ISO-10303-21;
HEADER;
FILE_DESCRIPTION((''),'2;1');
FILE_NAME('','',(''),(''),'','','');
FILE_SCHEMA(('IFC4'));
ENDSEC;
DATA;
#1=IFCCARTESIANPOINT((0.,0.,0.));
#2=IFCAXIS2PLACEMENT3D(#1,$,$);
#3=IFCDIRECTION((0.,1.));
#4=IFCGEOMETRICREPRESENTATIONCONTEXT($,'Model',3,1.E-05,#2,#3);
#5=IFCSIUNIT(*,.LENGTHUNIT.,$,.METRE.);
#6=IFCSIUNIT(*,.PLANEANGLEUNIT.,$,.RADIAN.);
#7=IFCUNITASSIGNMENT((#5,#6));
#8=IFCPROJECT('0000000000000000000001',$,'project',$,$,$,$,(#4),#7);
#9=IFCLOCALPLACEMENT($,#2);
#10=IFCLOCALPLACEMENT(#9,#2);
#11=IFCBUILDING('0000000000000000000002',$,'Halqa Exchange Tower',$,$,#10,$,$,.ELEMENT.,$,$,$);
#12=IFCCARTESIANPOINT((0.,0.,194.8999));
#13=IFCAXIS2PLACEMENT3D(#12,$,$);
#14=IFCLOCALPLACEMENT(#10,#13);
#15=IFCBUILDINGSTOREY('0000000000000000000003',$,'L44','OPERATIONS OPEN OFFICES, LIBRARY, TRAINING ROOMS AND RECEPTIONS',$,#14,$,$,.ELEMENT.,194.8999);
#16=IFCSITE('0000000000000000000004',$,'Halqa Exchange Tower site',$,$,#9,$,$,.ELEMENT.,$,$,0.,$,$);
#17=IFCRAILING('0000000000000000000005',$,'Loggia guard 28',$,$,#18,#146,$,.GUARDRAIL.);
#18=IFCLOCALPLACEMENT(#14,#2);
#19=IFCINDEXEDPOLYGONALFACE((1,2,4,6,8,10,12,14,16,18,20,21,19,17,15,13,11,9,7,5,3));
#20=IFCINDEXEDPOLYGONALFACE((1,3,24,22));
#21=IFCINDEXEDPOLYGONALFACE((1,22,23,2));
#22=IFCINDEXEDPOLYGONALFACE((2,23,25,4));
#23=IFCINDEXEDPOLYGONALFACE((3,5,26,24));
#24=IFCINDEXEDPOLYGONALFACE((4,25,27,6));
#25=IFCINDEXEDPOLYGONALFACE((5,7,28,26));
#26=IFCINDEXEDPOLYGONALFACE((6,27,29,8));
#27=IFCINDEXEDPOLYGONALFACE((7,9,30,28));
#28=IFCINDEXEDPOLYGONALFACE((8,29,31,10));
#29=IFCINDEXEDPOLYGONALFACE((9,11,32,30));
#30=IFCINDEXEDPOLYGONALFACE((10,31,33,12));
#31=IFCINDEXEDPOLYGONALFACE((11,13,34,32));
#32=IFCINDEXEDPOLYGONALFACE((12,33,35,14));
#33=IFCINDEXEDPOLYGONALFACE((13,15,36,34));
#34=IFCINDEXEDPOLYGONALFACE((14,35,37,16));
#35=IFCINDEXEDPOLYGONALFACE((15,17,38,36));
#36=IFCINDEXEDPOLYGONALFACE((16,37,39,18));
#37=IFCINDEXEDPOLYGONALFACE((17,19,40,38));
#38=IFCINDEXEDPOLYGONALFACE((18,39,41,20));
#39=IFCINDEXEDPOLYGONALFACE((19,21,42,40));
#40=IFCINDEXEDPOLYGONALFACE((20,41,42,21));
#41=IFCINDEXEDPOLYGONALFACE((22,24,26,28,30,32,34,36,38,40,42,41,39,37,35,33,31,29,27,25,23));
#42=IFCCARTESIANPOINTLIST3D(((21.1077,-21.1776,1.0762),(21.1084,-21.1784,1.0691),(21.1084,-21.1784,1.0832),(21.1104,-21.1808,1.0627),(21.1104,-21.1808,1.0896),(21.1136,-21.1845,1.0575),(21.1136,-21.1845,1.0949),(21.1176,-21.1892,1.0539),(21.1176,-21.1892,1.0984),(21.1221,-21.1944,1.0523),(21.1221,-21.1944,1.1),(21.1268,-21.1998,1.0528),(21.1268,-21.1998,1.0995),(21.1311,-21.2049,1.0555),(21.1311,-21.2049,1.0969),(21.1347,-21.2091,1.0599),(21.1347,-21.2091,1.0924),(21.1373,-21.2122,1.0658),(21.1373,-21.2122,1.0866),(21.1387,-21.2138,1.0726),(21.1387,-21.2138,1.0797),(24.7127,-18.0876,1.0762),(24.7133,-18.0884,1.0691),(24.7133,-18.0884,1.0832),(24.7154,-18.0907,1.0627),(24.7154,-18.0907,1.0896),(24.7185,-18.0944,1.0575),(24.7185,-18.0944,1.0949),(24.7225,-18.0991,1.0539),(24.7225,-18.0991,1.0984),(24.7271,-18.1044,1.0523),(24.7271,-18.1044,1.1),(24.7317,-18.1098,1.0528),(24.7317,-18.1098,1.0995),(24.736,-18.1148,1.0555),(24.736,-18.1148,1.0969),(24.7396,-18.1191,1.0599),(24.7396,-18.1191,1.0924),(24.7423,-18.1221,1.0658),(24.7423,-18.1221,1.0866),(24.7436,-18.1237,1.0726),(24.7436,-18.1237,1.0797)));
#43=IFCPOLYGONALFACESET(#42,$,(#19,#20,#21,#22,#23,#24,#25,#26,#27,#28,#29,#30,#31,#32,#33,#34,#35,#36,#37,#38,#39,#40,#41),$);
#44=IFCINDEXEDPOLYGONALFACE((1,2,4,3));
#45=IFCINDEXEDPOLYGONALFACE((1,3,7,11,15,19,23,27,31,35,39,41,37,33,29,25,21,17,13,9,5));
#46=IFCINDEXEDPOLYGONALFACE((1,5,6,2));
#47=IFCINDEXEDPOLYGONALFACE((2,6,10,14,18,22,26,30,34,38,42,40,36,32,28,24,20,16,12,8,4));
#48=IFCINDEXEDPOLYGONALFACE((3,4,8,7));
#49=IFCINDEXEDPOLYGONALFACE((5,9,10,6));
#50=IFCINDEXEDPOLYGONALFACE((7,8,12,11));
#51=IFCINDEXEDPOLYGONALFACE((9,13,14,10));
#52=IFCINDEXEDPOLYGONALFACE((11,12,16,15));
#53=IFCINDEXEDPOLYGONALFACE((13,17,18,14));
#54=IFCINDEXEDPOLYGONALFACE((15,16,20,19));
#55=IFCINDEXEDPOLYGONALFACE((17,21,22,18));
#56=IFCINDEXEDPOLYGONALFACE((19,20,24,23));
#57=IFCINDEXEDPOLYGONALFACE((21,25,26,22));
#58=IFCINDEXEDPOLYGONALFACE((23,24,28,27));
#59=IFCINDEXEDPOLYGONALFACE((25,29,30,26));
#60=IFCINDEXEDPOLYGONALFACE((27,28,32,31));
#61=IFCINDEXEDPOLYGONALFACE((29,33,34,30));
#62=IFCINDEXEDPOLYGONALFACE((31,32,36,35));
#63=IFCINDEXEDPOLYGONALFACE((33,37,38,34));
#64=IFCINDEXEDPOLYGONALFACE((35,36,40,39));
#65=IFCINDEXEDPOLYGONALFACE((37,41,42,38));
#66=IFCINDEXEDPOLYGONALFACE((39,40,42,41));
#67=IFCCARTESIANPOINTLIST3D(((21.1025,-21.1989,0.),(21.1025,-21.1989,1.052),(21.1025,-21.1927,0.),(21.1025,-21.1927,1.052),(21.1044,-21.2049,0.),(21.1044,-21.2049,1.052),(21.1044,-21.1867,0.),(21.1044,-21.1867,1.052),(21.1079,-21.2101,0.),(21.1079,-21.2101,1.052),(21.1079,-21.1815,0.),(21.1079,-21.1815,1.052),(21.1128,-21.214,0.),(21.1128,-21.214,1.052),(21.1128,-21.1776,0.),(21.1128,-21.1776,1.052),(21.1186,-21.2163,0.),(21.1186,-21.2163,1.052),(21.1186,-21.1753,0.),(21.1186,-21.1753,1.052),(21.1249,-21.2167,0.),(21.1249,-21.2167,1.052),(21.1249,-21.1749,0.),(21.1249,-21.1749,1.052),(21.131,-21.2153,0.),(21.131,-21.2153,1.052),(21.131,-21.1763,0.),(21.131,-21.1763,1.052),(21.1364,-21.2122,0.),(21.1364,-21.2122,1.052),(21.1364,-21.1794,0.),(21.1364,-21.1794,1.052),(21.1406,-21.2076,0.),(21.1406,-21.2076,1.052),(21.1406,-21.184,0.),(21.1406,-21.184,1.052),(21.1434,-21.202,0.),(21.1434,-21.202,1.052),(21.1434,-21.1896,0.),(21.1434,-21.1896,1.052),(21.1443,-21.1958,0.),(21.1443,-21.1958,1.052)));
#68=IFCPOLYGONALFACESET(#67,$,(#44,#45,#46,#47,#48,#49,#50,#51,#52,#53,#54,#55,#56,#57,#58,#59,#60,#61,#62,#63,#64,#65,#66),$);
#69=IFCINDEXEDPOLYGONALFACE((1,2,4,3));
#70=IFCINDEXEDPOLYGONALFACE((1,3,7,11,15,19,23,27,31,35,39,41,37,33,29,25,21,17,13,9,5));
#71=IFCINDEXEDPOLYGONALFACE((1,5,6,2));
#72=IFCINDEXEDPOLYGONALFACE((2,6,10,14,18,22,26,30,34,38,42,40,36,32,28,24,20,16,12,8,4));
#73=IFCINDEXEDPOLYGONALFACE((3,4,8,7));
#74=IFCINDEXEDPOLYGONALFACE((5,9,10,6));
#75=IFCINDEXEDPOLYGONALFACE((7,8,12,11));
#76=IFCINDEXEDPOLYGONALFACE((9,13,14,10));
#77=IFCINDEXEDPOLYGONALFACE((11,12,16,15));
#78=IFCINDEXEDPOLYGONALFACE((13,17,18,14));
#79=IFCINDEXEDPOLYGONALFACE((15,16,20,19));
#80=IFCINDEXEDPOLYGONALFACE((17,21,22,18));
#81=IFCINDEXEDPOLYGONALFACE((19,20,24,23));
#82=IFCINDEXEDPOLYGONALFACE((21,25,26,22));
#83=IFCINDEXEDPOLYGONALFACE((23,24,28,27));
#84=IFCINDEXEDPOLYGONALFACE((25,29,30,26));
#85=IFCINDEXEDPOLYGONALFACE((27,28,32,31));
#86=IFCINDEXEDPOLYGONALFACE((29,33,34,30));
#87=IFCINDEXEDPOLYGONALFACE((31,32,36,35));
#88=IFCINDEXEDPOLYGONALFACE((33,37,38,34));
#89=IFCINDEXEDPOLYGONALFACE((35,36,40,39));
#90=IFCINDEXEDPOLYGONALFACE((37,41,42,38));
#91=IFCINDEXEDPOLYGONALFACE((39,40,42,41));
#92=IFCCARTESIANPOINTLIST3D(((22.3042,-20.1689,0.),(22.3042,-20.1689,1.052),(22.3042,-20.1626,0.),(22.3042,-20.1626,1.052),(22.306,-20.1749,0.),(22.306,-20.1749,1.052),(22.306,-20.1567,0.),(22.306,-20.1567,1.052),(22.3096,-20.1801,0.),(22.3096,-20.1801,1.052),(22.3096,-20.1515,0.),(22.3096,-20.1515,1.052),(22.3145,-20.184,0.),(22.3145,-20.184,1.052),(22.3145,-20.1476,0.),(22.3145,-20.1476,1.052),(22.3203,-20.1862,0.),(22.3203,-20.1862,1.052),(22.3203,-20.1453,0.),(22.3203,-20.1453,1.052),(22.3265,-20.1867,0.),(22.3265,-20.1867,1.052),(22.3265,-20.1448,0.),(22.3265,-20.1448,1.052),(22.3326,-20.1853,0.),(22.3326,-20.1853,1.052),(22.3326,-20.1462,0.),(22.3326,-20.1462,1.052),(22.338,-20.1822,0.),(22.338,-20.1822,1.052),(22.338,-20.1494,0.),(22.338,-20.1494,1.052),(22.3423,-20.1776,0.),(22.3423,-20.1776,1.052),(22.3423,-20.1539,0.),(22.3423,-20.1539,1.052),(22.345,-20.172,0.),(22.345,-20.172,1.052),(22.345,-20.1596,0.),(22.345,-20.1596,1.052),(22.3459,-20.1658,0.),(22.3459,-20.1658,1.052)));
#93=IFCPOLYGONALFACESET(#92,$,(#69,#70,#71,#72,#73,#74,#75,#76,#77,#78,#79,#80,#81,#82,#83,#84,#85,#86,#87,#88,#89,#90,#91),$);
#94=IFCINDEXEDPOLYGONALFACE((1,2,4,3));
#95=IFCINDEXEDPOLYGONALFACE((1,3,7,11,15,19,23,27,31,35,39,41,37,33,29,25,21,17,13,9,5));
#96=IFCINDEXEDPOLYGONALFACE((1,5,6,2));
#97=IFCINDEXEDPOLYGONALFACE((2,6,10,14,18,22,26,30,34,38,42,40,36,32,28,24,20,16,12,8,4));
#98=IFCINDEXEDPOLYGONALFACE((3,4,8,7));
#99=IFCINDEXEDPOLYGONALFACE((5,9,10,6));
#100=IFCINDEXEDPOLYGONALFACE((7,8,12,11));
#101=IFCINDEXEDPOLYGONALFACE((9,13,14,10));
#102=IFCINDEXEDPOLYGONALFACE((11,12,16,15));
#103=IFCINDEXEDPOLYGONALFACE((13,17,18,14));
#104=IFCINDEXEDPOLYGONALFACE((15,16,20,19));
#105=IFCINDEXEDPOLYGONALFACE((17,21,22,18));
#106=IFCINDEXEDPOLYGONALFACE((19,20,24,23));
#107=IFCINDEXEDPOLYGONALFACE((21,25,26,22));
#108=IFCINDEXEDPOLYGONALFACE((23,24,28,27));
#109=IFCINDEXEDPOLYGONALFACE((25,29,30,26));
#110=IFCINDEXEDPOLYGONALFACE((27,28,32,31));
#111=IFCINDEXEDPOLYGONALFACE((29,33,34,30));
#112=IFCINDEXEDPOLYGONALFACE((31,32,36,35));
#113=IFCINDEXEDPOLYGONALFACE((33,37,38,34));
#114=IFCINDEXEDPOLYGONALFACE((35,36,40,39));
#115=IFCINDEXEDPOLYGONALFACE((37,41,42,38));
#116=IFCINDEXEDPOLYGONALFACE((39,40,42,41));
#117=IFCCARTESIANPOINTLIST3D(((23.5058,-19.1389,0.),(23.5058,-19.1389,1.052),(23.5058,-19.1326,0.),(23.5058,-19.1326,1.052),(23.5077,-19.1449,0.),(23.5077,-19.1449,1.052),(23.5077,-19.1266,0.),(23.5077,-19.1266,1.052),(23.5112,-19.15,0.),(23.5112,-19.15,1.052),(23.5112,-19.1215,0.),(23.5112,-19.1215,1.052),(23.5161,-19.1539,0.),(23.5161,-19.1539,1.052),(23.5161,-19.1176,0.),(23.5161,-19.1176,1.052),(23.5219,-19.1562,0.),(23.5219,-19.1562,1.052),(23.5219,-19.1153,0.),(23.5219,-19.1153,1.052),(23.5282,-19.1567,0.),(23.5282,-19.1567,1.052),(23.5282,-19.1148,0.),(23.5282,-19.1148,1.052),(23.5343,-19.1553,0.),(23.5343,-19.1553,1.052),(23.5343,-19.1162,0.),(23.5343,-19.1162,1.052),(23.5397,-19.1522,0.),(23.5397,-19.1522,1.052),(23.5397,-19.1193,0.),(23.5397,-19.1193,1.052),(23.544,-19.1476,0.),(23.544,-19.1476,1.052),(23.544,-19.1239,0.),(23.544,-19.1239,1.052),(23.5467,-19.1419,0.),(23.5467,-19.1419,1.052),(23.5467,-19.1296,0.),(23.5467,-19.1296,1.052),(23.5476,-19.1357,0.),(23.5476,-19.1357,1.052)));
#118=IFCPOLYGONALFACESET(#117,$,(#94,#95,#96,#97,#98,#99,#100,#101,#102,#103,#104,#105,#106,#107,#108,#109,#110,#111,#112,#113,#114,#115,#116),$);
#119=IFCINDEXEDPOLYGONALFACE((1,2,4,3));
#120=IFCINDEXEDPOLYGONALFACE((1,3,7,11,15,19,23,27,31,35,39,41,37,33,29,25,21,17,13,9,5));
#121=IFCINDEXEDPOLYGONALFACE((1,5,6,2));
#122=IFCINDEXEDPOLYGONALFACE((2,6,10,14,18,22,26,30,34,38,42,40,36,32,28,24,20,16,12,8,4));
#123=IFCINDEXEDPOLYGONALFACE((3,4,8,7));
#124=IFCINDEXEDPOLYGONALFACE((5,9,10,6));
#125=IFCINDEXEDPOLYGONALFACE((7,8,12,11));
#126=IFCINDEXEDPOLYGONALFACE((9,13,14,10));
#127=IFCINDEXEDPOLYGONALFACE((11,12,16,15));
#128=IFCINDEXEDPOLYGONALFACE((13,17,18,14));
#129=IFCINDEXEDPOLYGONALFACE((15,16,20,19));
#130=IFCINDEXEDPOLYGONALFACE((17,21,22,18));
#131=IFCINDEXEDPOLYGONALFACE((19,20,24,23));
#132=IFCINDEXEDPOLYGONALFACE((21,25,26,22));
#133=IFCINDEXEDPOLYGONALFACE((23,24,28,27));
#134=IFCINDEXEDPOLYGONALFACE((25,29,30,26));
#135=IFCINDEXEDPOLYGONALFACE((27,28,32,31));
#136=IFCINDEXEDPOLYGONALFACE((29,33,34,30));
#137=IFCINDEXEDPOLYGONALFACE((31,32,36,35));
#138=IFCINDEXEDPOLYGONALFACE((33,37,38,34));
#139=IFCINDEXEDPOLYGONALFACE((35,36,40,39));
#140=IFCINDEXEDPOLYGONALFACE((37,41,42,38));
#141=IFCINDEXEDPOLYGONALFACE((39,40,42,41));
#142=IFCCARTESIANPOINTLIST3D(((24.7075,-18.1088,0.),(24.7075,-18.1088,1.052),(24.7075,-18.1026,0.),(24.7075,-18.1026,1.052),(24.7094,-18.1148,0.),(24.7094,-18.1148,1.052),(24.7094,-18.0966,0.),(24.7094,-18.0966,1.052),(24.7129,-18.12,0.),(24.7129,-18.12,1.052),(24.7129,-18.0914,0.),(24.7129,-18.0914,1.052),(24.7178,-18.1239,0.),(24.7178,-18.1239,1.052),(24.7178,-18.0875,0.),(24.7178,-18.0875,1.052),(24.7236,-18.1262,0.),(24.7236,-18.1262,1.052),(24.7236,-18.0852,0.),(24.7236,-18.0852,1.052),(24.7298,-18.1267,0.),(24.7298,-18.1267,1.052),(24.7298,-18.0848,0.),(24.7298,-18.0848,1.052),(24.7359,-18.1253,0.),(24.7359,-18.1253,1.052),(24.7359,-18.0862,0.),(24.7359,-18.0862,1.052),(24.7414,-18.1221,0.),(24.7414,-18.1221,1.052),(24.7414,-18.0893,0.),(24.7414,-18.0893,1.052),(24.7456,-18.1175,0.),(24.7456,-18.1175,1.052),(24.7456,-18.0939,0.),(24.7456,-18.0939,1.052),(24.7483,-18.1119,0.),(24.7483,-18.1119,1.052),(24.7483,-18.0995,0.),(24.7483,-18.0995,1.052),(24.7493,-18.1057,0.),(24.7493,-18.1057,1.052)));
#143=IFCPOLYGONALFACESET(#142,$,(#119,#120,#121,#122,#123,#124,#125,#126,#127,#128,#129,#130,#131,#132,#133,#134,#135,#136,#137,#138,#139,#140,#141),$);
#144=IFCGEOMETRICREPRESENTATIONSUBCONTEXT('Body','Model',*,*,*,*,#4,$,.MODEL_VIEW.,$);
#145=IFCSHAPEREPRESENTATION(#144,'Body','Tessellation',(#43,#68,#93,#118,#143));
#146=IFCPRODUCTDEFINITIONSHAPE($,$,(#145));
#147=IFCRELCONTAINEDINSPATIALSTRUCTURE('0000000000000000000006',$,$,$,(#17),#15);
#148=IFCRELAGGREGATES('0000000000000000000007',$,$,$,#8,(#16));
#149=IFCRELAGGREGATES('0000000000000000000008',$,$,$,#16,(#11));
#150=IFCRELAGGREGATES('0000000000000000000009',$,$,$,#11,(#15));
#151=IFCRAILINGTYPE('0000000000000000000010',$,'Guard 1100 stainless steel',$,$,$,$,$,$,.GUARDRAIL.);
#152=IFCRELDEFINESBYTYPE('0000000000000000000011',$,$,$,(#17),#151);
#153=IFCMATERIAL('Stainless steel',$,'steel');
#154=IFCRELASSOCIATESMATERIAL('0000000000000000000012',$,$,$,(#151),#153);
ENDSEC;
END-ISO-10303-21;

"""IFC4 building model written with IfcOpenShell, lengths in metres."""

from ifc_helpers import new_model, si_unit, direction, frame, origin, origin_2d, place, context, subcontext, project, spatial, circle, extrude, material, type_object, element, save


model = new_model("IFC4")

# Units and contexts
model_context = context("Model", 3, precision=1e-05, world=origin(), true_north=direction((0.0, 1.0)))
body_context = subcontext(model_context, "Body", "Model", "MODEL_VIEW")
ifc_project = project(units=[si_unit("LENGTHUNIT", "METRE"), si_unit("PLANEANGLEUNIT", "RADIAN")], contexts=[model_context])

# Site, building, storey
site_placement = place(None, origin())
site = spatial("IfcSite", under=ifc_project, at=site_placement, Name="Halqa Exchange Tower site", CompositionType="ELEMENT", RefElevation=0.0)
building_placement = place(site_placement, origin())
building = spatial("IfcBuilding", under=site, at=building_placement, Name="Halqa Exchange Tower", CompositionType="ELEMENT")
storey_placement = place(building_placement, frame((0.0, 0.0, 194.8999)))
storey = spatial("IfcBuildingStorey", under=building, at=storey_placement, Name="L44", Description="OPERATIONS OPEN OFFICES, LIBRARY, TRAINING ROOMS AND RECEPTIONS", CompositionType="ELEMENT", Elevation=194.8999)

# Railing
ifc_material_1 = material(Name="Stainless steel", Category="steel")
railing_type = type_object("IfcRailingType", Name="Guard 1100 stainless steel", PredefinedType="GUARDRAIL", material=ifc_material_1)
railing_1_placement = place(storey_placement, frame((21.1233, -21.1958, 0.0)))
element("IfcRailing", 1, at=railing_1_placement, inside=storey, type_object=railing_type, Name="Loggia guard 28", PredefinedType="GUARDRAIL", context=body_context, shape_type="SweptSolid", body=[
    extrude(circle(Radius=0.0239, at=origin_2d()), frame((0.0, 0.0, 1.0762), z_axis=(0.759246, 0.650804, 0.0), x_axis=(-0.650804, 0.759246, 0.0)), (0.0, 0.0, 1.0), 4.748),
    extrude(circle(Radius=0.021, at=origin_2d()), origin(), (0.0, 0.0, 1.0), 1.052),
    extrude(circle(Radius=0.021, at=origin_2d()), frame((1.2017, 1.03, 0.0)), (0.0, 0.0, 1.0), 1.052),
    extrude(circle(Radius=0.021, at=origin_2d()), frame((2.4033, 2.0601, 0.0)), (0.0, 0.0, 1.0), 1.052),
    extrude(circle(Radius=0.021, at=origin_2d()), frame((3.605, 3.0901, 0.0)), (0.0, 0.0, 1.0), 1.052),
])

save(model, "model.ifc")
